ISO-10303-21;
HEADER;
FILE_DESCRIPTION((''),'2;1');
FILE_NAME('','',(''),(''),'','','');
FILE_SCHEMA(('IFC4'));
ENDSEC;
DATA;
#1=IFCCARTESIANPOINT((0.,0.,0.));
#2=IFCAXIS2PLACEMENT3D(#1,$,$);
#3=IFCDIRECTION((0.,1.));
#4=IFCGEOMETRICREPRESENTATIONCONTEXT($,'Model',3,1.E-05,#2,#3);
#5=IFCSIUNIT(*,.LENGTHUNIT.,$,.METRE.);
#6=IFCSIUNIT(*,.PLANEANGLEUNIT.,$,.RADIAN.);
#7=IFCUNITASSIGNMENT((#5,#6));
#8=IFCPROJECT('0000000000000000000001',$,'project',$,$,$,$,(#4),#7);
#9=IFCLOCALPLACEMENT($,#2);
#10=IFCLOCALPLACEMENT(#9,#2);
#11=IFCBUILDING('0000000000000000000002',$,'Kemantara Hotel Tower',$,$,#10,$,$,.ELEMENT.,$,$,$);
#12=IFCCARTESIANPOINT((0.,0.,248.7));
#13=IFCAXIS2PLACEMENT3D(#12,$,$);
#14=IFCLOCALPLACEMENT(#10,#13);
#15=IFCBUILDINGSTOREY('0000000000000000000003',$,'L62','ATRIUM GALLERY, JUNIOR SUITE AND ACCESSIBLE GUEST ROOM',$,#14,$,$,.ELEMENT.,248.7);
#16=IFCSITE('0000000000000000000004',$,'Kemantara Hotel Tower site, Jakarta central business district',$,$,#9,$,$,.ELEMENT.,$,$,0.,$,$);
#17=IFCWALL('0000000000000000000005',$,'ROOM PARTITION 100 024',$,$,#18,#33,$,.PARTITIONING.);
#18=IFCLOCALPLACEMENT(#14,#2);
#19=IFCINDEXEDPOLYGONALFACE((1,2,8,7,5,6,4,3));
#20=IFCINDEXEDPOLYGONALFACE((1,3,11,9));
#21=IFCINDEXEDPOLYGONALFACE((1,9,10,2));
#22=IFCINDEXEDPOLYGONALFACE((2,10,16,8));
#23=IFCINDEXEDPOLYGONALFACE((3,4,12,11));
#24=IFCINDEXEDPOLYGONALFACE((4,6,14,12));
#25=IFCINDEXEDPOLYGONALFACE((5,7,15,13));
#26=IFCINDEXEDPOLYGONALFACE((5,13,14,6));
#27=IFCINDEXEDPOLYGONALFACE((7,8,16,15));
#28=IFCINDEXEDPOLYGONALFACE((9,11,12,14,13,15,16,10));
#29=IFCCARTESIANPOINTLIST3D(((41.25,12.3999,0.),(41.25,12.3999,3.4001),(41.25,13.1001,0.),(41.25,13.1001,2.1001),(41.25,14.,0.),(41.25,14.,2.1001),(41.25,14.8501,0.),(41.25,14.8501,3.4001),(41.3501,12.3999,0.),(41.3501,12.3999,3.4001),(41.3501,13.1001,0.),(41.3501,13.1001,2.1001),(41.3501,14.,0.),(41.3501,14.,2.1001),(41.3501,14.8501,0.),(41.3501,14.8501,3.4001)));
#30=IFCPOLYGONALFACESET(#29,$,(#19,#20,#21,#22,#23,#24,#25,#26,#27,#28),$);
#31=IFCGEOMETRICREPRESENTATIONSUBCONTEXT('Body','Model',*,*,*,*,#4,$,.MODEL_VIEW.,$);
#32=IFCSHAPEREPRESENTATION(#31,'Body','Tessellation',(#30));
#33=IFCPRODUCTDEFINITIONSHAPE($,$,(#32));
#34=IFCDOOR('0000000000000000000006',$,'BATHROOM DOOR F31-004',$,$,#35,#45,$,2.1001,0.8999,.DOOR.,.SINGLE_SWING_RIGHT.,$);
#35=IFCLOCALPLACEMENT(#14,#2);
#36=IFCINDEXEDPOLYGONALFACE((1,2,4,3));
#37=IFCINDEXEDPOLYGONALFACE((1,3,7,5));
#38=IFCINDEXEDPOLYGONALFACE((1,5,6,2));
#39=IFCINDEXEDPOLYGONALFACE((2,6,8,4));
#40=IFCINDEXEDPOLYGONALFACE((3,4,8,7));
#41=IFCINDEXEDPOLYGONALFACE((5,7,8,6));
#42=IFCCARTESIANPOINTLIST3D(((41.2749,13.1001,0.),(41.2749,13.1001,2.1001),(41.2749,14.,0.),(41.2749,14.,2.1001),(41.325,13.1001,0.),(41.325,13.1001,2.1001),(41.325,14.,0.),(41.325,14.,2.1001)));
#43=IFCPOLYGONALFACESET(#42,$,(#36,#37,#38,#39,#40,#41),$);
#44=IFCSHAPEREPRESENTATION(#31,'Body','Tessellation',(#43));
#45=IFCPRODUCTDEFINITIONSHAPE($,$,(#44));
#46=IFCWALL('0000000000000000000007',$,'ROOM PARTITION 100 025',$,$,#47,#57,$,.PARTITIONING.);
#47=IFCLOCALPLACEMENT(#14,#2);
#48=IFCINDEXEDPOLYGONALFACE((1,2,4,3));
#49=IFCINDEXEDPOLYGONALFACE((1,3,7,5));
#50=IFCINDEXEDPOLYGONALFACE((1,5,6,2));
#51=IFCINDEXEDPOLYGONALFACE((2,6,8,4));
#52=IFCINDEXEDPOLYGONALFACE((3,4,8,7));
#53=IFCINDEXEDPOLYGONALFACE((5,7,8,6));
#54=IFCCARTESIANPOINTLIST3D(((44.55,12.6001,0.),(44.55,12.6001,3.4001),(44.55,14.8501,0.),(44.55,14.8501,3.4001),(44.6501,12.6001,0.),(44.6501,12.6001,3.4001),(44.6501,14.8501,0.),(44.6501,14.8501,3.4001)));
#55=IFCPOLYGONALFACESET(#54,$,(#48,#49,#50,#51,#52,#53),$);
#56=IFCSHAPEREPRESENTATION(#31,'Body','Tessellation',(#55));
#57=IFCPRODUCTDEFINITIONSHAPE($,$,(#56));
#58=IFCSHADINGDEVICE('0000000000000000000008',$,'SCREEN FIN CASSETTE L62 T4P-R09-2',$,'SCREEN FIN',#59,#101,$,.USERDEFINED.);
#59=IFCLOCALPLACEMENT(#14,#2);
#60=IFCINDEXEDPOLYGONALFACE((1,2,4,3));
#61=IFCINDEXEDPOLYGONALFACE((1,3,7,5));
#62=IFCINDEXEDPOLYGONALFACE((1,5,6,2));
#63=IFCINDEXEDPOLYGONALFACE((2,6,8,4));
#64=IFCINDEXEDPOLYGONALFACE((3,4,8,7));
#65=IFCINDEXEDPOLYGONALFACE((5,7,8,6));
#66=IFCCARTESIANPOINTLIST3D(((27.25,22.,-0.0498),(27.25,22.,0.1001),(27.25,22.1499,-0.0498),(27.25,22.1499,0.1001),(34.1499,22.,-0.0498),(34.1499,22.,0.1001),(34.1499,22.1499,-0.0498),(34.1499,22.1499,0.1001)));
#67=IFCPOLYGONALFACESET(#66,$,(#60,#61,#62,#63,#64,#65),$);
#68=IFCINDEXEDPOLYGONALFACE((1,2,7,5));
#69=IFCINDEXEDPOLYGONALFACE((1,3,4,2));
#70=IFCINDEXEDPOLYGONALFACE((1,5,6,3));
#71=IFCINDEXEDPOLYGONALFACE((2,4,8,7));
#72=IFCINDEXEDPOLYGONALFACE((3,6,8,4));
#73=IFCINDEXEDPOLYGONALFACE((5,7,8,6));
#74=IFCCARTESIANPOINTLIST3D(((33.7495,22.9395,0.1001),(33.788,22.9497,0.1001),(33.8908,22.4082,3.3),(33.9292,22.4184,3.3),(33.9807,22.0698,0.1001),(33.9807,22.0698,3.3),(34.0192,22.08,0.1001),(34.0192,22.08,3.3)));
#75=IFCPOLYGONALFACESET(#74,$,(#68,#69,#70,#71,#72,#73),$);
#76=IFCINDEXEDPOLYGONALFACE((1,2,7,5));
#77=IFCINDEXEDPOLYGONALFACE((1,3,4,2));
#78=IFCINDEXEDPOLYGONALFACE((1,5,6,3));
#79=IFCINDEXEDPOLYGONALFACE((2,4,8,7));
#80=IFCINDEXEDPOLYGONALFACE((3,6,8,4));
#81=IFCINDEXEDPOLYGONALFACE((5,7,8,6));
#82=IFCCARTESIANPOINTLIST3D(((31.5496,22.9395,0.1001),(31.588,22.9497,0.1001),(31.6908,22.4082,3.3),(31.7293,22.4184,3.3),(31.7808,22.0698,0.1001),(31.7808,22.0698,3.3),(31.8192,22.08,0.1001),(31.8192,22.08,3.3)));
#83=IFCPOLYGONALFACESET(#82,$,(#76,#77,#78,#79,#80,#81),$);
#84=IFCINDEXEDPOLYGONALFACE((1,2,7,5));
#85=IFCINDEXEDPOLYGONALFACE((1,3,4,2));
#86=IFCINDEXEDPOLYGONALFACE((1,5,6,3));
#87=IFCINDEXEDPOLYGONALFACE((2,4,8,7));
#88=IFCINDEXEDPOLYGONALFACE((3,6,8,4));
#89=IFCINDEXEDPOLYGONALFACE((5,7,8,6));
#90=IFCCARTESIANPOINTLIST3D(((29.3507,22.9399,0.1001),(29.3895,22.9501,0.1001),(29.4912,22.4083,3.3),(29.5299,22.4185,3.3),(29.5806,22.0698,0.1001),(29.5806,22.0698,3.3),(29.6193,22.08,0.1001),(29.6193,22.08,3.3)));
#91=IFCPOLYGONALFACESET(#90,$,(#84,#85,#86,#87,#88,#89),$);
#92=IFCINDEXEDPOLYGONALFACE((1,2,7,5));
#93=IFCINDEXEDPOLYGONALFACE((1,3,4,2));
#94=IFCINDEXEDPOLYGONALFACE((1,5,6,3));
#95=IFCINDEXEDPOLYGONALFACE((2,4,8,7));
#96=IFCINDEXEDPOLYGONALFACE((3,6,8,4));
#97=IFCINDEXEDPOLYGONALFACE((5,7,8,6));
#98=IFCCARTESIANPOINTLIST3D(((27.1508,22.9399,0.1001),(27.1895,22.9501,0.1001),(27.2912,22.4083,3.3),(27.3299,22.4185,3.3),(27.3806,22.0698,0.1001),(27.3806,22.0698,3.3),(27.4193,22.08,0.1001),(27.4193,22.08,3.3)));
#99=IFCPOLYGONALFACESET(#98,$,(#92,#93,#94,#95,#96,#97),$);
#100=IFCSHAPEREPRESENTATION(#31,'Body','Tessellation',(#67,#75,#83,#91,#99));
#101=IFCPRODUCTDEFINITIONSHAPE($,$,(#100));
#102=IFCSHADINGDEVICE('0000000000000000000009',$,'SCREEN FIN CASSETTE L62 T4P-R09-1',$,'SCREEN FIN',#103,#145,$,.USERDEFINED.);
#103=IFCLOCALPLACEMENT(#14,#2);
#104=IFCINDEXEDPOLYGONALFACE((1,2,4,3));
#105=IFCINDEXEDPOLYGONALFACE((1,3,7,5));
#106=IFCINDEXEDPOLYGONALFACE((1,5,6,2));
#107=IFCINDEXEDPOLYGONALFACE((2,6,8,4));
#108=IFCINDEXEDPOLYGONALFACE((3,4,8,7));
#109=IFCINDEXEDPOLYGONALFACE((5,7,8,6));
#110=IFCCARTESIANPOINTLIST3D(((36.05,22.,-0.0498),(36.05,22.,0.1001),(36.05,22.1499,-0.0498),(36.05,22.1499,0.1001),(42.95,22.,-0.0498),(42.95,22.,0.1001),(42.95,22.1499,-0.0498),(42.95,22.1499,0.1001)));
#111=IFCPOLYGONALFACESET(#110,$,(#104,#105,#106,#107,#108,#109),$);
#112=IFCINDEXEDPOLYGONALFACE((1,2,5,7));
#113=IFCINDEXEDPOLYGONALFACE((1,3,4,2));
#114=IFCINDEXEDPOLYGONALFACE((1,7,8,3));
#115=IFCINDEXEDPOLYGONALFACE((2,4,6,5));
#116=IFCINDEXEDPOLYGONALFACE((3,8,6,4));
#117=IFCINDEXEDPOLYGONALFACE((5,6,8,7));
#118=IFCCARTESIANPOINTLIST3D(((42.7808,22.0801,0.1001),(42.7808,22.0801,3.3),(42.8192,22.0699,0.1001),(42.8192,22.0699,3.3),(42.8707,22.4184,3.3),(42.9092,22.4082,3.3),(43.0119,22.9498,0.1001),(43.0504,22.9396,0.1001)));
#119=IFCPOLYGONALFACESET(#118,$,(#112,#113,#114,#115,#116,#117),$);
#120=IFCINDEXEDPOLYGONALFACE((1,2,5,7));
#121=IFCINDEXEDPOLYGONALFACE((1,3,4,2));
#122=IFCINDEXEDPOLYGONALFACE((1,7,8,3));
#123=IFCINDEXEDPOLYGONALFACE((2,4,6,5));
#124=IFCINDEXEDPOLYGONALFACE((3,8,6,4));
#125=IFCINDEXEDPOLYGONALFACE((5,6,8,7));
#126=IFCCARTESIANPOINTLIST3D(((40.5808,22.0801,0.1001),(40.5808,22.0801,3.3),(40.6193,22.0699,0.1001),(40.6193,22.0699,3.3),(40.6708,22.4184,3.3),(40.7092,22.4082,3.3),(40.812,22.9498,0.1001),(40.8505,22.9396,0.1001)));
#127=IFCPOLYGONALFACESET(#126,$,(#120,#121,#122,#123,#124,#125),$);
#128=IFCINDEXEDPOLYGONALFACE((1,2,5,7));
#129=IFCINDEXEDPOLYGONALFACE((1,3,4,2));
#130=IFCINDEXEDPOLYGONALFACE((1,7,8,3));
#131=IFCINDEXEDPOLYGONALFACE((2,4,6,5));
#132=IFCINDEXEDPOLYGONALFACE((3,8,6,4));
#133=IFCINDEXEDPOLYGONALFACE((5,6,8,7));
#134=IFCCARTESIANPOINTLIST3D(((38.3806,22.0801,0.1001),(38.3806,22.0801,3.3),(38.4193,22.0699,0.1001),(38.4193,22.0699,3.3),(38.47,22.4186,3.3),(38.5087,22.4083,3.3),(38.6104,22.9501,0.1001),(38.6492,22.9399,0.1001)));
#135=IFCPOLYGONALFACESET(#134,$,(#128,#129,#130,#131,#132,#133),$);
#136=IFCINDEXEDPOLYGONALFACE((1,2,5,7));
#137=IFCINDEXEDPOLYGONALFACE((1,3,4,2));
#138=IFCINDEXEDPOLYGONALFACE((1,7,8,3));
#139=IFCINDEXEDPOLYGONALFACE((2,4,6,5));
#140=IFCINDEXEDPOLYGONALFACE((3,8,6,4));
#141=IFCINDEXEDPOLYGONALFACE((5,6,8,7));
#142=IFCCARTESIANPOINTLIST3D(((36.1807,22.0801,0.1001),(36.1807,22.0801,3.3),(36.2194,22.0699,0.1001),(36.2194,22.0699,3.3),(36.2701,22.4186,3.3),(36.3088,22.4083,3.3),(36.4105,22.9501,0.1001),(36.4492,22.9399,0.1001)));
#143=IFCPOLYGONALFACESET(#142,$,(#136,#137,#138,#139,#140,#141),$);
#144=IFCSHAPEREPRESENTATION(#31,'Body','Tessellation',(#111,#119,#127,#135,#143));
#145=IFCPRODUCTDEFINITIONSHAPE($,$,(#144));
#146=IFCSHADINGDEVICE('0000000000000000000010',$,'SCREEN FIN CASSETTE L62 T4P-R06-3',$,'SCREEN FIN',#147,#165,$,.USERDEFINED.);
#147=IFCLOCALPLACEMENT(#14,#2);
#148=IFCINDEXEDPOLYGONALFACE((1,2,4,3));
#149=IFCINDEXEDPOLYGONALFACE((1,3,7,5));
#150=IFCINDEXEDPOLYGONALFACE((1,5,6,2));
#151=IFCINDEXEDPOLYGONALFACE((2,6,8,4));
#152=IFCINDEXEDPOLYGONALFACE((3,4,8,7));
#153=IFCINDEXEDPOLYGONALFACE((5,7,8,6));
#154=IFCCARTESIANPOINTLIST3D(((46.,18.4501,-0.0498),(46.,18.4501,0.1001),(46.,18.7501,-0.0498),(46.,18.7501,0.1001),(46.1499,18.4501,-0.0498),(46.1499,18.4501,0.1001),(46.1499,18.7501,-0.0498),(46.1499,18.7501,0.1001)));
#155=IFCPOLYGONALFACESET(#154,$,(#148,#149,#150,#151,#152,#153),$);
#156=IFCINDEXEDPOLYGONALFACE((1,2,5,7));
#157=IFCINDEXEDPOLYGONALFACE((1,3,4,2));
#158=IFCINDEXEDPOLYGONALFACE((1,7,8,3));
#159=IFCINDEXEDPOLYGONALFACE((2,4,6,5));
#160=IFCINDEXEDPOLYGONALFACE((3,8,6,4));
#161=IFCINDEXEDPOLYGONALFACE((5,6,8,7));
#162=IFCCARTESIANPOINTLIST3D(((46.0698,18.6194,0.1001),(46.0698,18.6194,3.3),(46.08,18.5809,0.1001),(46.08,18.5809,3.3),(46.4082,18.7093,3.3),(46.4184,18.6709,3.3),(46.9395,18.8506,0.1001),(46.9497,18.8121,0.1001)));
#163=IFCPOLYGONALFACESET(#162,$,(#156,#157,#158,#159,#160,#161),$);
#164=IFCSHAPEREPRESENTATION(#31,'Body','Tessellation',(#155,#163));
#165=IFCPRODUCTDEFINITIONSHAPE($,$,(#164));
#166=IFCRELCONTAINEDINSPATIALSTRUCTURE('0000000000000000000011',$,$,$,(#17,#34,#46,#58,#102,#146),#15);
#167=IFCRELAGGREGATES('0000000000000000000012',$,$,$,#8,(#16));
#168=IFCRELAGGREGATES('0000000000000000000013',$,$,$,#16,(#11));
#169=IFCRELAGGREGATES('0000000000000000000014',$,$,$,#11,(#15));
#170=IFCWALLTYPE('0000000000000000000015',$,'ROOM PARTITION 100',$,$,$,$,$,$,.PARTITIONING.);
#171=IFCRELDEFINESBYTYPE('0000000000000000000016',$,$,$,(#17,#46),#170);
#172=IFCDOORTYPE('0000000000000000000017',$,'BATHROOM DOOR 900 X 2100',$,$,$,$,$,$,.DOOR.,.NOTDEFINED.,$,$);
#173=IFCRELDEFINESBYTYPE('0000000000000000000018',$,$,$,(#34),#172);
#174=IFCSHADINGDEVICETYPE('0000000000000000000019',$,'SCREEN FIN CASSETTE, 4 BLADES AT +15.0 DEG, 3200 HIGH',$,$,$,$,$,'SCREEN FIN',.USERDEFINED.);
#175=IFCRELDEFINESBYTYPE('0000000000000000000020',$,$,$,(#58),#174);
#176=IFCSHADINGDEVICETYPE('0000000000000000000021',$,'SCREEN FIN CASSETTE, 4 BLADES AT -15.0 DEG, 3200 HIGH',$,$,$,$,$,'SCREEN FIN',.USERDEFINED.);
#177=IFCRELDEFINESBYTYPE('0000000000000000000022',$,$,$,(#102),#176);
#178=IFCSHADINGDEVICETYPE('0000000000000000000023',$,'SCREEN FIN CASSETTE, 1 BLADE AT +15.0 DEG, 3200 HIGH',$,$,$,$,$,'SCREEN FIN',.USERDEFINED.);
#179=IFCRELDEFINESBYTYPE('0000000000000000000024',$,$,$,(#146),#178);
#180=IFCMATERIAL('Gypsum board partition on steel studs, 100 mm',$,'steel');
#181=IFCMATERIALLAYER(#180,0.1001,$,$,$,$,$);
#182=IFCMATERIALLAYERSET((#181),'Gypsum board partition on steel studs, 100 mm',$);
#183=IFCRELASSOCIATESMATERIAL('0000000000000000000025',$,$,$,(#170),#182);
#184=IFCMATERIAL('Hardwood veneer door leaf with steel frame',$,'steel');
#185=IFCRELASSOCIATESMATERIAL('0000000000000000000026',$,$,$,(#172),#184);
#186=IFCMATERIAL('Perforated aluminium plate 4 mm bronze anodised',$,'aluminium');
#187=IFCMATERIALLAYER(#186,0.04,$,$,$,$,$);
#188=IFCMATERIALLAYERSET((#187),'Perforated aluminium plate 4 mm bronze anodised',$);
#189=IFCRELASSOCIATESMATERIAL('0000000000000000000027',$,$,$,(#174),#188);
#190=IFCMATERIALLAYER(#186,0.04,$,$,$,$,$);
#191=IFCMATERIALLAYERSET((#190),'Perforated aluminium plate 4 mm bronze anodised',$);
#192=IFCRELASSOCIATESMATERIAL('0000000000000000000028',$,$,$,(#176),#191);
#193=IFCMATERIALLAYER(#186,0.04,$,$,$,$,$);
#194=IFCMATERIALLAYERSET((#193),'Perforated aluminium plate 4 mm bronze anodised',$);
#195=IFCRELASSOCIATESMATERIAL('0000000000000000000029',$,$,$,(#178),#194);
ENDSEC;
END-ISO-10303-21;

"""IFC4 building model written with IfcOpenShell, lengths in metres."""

from ifc_helpers import new_model, si_unit, direction, frame, frame_2d, origin, origin_2d, place, context, subcontext, project, spatial, polyline, rectangle, outline, extrude, source, transform, mapped, material, layer, layer_set, type_object, element, fill, save


model = new_model("IFC4")

# Units and contexts
model_context = context("Model", 3, precision=1e-05, world=origin(), true_north=direction((0.0, 1.0)))
body_context = subcontext(model_context, "Body", "Model", "MODEL_VIEW")
ifc_project = project(units=[si_unit("LENGTHUNIT", "METRE"), si_unit("PLANEANGLEUNIT", "RADIAN")], contexts=[model_context])

# Site, building, storey
site_placement = place(None, origin())
site = spatial("IfcSite", under=ifc_project, at=site_placement, Name="Kemantara Hotel Tower site, Jakarta central business district", CompositionType="ELEMENT", RefElevation=0.0)
building_placement = place(site_placement, origin())
building = spatial("IfcBuilding", under=site, at=building_placement, Name="Kemantara Hotel Tower", CompositionType="ELEMENT")
storey_placement = place(building_placement, frame((0.0, 0.0, 248.7)))
storey = spatial("IfcBuildingStorey", under=building, at=storey_placement, Name="L62", Description="ATRIUM GALLERY, JUNIOR SUITE AND ACCESSIBLE GUEST ROOM", CompositionType="ELEMENT", Elevation=248.7)

# Shared definitions
ifc_material_1 = material(Name="Gypsum board partition on steel studs, 100 mm", Category="steel")
ifc_layer_1 = layer(ifc_material_1, 0.1001)
ifc_layer_set_1 = layer_set([ifc_layer_1], Name="Gypsum board partition on steel studs, 100 mm")
wall_type_1 = type_object("IfcWallType", Name="ROOM PARTITION 100", PredefinedType="PARTITIONING", material=ifc_layer_set_1)

# Wall, opening, door
wall_1_placement = place(storey_placement, frame((41.3, 14.8501, 0.0), z_axis=(0.0, 0.0, 1.0), x_axis=(0.0, -1.0, 0.0)))
wall_1 = element("IfcWall", 1, at=wall_1_placement, inside=storey, type_object=wall_type_1, Name="ROOM PARTITION 100 024", PredefinedType="PARTITIONING", context=body_context, shape_type="SweptSolid", body=[
    extrude(rectangle(XDim=2.4502, YDim=0.1001, at=frame_2d((1.2251, 0.0))), origin(), (0.0, 0.0, 1.0), 3.4001),
])
opening_placement = place(wall_1_placement, frame((0.8501, 0.0, 0.0)))
opening = element("IfcOpeningElement", 2, at=opening_placement, cuts=wall_1, PredefinedType="OPENING", context=body_context, shape_type="SweptSolid", body=[
    extrude(rectangle(XDim=0.8999, YDim=2.1001, at=frame_2d((0.45, 1.05))), frame((0.0, 0.0601, 0.0), z_axis=(0.0, -1.0, 0.0), x_axis=(1.0, 0.0, 0.0)), (0.0, 0.0, 1.0), 0.1201),
])
ifc_material_2 = material(Name="Hardwood veneer door leaf with steel frame", Category="steel")
door_type = type_object("IfcDoorType", Name="BATHROOM DOOR 900 X 2100", OperationType="NOTDEFINED", PredefinedType="DOOR", material=ifc_material_2)
door_placement = place(opening_placement, origin())
door = element("IfcDoor", 3, at=door_placement, inside=storey, type_object=door_type, Name="BATHROOM DOOR F31-004", OperationType="SINGLE_SWING_RIGHT", OverallHeight=2.1001, OverallWidth=0.8999, PredefinedType="DOOR", context=body_context, shape_type="SweptSolid", body=[
    extrude(rectangle(XDim=0.8999, YDim=2.1001, at=frame_2d((0.45, 1.05))), frame((0.0, 0.0249, 0.0), z_axis=(0.0, -1.0, 0.0), x_axis=(1.0, 0.0, 0.0)), (0.0, 0.0, 1.0), 0.05),
])
fill(opening, door)

# Wall
wall_2_placement = place(storey_placement, frame((44.6001, 12.6001, 0.0), z_axis=(0.0, 0.0, 1.0), x_axis=(0.0, 1.0, 0.0)))
element("IfcWall", 4, at=wall_2_placement, inside=storey, type_object=wall_type_1, Name="ROOM PARTITION 100 025", PredefinedType="PARTITIONING", context=body_context, shape_type="SweptSolid", body=[
    extrude(rectangle(XDim=2.25, YDim=0.1001, at=frame_2d((1.125, 0.0))), origin(), (0.0, 0.0, 1.0), 3.4001),
])

# Shading devices
ifc_material_3 = material(Name="Perforated aluminium plate 4 mm bronze anodised", Category="aluminium")
ifc_layer_2 = layer(ifc_material_3, 0.04)
ifc_layer_set_2 = layer_set([ifc_layer_2], Name="Perforated aluminium plate 4 mm bronze anodised")
shading_device_type_1 = type_object("IfcShadingDeviceType", Name="SCREEN FIN CASSETTE, 4 BLADES AT +15.0 DEG, 3200 HIGH", ElementType="SCREEN FIN", PredefinedType="USERDEFINED", material=ifc_layer_set_2)
shared_shape_1 = source(origin(), body_context, "Body", "SweptSolid", [
    extrude(rectangle(XDim=6.8999, YDim=0.1499, at=origin_2d()), frame((3.3, -0.075, -0.1499), z_axis=(0.0, 0.0, 1.0), x_axis=(1.0, 0.0, 0.0)), (0.0, 0.0, 1.0), 0.1499),
    extrude(outline(polyline([(0.0, 0.0), (0.8999, 0.0), (0.3501, 3.2), (0.0, 3.2), (0.0, 0.0)])), frame((0.0193, -0.0698, 0.0), z_axis=(-0.966438, -0.256901, 0.0), x_axis=(0.256901, -0.966438, 0.0)), (0.0, 0.0, 1.0), 0.0398),
    extrude(outline(polyline([(0.0, 0.0), (0.8999, 0.0), (0.3501, 3.2), (0.0, 3.2), (0.0, 0.0)])), frame((2.2192, -0.0698, 0.0), z_axis=(-0.966438, -0.256901, 0.0), x_axis=(0.256901, -0.966438, 0.0)), (0.0, 0.0, 1.0), 0.0398),
    extrude(outline(polyline([(0.0, 0.0), (0.8999, 0.0), (0.3501, 3.2), (0.0, 3.2), (0.0, 0.0)])), frame((4.4194, -0.0698, 0.0), z_axis=(-0.966838, -0.255391, 0.0), x_axis=(0.255391, -0.966838, 0.0)), (0.0, 0.0, 1.0), 0.04),
    extrude(outline(polyline([(0.0, 0.0), (0.8999, 0.0), (0.3501, 3.2), (0.0, 3.2), (0.0, 0.0)])), frame((6.6194, -0.0698, 0.0), z_axis=(-0.966838, -0.255391, 0.0), x_axis=(0.255391, -0.966838, 0.0)), (0.0, 0.0, 1.0), 0.04),
])
shading_device_1_placement = place(storey_placement, frame((34.0, 22.0, 0.1001), z_axis=(0.0, 0.0, 1.0), x_axis=(-1.0, 0.0, 0.0)))
element("IfcShadingDevice", 5, at=shading_device_1_placement, inside=storey, type_object=shading_device_type_1, Name="SCREEN FIN CASSETTE L62 T4P-R09-2", ObjectType="SCREEN FIN", PredefinedType="USERDEFINED", context=body_context, shape_type="MappedRepresentation", body=[
    mapped(shared_shape_1, transform((0.0, 0.0, 0.0))),
])
ifc_layer_3 = layer(ifc_material_3, 0.04)
ifc_layer_set_3 = layer_set([ifc_layer_3], Name="Perforated aluminium plate 4 mm bronze anodised")
shading_device_type_2 = type_object("IfcShadingDeviceType", Name="SCREEN FIN CASSETTE, 4 BLADES AT -15.0 DEG, 3200 HIGH", ElementType="SCREEN FIN", PredefinedType="USERDEFINED", material=ifc_layer_set_3)
shared_shape_2 = source(origin(), body_context, "Body", "SweptSolid", [
    extrude(rectangle(XDim=6.8999, YDim=0.1499, at=origin_2d()), frame((3.3, -0.075, -0.1499), z_axis=(0.0, 0.0, 1.0), x_axis=(1.0, 0.0, 0.0)), (0.0, 0.0, 1.0), 0.1499),
    extrude(outline(polyline([(0.0, 0.0), (0.8999, 0.0), (0.3501, 3.2), (0.0, 3.2), (0.0, 0.0)])), frame((0.0193, -0.0801, 0.0), z_axis=(-0.966438, 0.256901, 0.0), x_axis=(-0.256901, -0.966438, 0.0)), (0.0, 0.0, 1.0), 0.0398),
    extrude(outline(polyline([(0.0, 0.0), (0.8999, 0.0), (0.3501, 3.2), (0.0, 3.2), (0.0, 0.0)])), frame((2.2192, -0.0801, 0.0), z_axis=(-0.966438, 0.256901, 0.0), x_axis=(-0.256901, -0.966438, 0.0)), (0.0, 0.0, 1.0), 0.0398),
    extrude(outline(polyline([(0.0, 0.0), (0.8999, 0.0), (0.3501, 3.2), (0.0, 3.2), (0.0, 0.0)])), frame((4.4194, -0.0801, 0.0), z_axis=(-0.966838, 0.255391, 0.0), x_axis=(-0.255391, -0.966838, 0.0)), (0.0, 0.0, 1.0), 0.04),
    extrude(outline(polyline([(0.0, 0.0), (0.8999, 0.0), (0.3501, 3.2), (0.0, 3.2), (0.0, 0.0)])), frame((6.6194, -0.0801, 0.0), z_axis=(-0.966838, 0.255391, 0.0), x_axis=(-0.255391, -0.966838, 0.0)), (0.0, 0.0, 1.0), 0.04),
])
shading_device_2_placement = place(storey_placement, frame((42.8, 22.0, 0.1001), z_axis=(0.0, 0.0, 1.0), x_axis=(-1.0, 0.0, 0.0)))
element("IfcShadingDevice", 6, at=shading_device_2_placement, inside=storey, type_object=shading_device_type_2, Name="SCREEN FIN CASSETTE L62 T4P-R09-1", ObjectType="SCREEN FIN", PredefinedType="USERDEFINED", context=body_context, shape_type="MappedRepresentation", body=[
    mapped(shared_shape_2, transform((0.0, 0.0, 0.0))),
])
ifc_layer_4 = layer(ifc_material_3, 0.04)
ifc_layer_set_4 = layer_set([ifc_layer_4], Name="Perforated aluminium plate 4 mm bronze anodised")
shading_device_type_3 = type_object("IfcShadingDeviceType", Name="SCREEN FIN CASSETTE, 1 BLADE AT +15.0 DEG, 3200 HIGH", ElementType="SCREEN FIN", PredefinedType="USERDEFINED", material=ifc_layer_set_4)
shared_shape_3 = source(origin(), body_context, "Body", "SweptSolid", [
    extrude(rectangle(XDim=0.3, YDim=0.1499, at=origin_2d()), frame((0.0, -0.075, -0.1499), z_axis=(0.0, 0.0, 1.0), x_axis=(1.0, 0.0, 0.0)), (0.0, 0.0, 1.0), 0.1499),
    extrude(outline(polyline([(0.0, 0.0), (0.8999, 0.0), (0.3501, 3.2), (0.0, 3.2), (0.0, 0.0)])), frame((0.0193, -0.0698, 0.0), z_axis=(-0.966438, -0.256901, 0.0), x_axis=(0.256901, -0.966438, 0.0)), (0.0, 0.0, 1.0), 0.0398),
])
shading_device_3_placement = place(storey_placement, frame((46.0, 18.6001, 0.1001), z_axis=(0.0, 0.0, 1.0), x_axis=(0.0, 1.0, 0.0)))
element("IfcShadingDevice", 7, at=shading_device_3_placement, inside=storey, type_object=shading_device_type_3, Name="SCREEN FIN CASSETTE L62 T4P-R06-3", ObjectType="SCREEN FIN", PredefinedType="USERDEFINED", context=body_context, shape_type="MappedRepresentation", body=[
    mapped(shared_shape_3, transform((0.0, 0.0, 0.0))),
])

save(model, "model.ifc")
